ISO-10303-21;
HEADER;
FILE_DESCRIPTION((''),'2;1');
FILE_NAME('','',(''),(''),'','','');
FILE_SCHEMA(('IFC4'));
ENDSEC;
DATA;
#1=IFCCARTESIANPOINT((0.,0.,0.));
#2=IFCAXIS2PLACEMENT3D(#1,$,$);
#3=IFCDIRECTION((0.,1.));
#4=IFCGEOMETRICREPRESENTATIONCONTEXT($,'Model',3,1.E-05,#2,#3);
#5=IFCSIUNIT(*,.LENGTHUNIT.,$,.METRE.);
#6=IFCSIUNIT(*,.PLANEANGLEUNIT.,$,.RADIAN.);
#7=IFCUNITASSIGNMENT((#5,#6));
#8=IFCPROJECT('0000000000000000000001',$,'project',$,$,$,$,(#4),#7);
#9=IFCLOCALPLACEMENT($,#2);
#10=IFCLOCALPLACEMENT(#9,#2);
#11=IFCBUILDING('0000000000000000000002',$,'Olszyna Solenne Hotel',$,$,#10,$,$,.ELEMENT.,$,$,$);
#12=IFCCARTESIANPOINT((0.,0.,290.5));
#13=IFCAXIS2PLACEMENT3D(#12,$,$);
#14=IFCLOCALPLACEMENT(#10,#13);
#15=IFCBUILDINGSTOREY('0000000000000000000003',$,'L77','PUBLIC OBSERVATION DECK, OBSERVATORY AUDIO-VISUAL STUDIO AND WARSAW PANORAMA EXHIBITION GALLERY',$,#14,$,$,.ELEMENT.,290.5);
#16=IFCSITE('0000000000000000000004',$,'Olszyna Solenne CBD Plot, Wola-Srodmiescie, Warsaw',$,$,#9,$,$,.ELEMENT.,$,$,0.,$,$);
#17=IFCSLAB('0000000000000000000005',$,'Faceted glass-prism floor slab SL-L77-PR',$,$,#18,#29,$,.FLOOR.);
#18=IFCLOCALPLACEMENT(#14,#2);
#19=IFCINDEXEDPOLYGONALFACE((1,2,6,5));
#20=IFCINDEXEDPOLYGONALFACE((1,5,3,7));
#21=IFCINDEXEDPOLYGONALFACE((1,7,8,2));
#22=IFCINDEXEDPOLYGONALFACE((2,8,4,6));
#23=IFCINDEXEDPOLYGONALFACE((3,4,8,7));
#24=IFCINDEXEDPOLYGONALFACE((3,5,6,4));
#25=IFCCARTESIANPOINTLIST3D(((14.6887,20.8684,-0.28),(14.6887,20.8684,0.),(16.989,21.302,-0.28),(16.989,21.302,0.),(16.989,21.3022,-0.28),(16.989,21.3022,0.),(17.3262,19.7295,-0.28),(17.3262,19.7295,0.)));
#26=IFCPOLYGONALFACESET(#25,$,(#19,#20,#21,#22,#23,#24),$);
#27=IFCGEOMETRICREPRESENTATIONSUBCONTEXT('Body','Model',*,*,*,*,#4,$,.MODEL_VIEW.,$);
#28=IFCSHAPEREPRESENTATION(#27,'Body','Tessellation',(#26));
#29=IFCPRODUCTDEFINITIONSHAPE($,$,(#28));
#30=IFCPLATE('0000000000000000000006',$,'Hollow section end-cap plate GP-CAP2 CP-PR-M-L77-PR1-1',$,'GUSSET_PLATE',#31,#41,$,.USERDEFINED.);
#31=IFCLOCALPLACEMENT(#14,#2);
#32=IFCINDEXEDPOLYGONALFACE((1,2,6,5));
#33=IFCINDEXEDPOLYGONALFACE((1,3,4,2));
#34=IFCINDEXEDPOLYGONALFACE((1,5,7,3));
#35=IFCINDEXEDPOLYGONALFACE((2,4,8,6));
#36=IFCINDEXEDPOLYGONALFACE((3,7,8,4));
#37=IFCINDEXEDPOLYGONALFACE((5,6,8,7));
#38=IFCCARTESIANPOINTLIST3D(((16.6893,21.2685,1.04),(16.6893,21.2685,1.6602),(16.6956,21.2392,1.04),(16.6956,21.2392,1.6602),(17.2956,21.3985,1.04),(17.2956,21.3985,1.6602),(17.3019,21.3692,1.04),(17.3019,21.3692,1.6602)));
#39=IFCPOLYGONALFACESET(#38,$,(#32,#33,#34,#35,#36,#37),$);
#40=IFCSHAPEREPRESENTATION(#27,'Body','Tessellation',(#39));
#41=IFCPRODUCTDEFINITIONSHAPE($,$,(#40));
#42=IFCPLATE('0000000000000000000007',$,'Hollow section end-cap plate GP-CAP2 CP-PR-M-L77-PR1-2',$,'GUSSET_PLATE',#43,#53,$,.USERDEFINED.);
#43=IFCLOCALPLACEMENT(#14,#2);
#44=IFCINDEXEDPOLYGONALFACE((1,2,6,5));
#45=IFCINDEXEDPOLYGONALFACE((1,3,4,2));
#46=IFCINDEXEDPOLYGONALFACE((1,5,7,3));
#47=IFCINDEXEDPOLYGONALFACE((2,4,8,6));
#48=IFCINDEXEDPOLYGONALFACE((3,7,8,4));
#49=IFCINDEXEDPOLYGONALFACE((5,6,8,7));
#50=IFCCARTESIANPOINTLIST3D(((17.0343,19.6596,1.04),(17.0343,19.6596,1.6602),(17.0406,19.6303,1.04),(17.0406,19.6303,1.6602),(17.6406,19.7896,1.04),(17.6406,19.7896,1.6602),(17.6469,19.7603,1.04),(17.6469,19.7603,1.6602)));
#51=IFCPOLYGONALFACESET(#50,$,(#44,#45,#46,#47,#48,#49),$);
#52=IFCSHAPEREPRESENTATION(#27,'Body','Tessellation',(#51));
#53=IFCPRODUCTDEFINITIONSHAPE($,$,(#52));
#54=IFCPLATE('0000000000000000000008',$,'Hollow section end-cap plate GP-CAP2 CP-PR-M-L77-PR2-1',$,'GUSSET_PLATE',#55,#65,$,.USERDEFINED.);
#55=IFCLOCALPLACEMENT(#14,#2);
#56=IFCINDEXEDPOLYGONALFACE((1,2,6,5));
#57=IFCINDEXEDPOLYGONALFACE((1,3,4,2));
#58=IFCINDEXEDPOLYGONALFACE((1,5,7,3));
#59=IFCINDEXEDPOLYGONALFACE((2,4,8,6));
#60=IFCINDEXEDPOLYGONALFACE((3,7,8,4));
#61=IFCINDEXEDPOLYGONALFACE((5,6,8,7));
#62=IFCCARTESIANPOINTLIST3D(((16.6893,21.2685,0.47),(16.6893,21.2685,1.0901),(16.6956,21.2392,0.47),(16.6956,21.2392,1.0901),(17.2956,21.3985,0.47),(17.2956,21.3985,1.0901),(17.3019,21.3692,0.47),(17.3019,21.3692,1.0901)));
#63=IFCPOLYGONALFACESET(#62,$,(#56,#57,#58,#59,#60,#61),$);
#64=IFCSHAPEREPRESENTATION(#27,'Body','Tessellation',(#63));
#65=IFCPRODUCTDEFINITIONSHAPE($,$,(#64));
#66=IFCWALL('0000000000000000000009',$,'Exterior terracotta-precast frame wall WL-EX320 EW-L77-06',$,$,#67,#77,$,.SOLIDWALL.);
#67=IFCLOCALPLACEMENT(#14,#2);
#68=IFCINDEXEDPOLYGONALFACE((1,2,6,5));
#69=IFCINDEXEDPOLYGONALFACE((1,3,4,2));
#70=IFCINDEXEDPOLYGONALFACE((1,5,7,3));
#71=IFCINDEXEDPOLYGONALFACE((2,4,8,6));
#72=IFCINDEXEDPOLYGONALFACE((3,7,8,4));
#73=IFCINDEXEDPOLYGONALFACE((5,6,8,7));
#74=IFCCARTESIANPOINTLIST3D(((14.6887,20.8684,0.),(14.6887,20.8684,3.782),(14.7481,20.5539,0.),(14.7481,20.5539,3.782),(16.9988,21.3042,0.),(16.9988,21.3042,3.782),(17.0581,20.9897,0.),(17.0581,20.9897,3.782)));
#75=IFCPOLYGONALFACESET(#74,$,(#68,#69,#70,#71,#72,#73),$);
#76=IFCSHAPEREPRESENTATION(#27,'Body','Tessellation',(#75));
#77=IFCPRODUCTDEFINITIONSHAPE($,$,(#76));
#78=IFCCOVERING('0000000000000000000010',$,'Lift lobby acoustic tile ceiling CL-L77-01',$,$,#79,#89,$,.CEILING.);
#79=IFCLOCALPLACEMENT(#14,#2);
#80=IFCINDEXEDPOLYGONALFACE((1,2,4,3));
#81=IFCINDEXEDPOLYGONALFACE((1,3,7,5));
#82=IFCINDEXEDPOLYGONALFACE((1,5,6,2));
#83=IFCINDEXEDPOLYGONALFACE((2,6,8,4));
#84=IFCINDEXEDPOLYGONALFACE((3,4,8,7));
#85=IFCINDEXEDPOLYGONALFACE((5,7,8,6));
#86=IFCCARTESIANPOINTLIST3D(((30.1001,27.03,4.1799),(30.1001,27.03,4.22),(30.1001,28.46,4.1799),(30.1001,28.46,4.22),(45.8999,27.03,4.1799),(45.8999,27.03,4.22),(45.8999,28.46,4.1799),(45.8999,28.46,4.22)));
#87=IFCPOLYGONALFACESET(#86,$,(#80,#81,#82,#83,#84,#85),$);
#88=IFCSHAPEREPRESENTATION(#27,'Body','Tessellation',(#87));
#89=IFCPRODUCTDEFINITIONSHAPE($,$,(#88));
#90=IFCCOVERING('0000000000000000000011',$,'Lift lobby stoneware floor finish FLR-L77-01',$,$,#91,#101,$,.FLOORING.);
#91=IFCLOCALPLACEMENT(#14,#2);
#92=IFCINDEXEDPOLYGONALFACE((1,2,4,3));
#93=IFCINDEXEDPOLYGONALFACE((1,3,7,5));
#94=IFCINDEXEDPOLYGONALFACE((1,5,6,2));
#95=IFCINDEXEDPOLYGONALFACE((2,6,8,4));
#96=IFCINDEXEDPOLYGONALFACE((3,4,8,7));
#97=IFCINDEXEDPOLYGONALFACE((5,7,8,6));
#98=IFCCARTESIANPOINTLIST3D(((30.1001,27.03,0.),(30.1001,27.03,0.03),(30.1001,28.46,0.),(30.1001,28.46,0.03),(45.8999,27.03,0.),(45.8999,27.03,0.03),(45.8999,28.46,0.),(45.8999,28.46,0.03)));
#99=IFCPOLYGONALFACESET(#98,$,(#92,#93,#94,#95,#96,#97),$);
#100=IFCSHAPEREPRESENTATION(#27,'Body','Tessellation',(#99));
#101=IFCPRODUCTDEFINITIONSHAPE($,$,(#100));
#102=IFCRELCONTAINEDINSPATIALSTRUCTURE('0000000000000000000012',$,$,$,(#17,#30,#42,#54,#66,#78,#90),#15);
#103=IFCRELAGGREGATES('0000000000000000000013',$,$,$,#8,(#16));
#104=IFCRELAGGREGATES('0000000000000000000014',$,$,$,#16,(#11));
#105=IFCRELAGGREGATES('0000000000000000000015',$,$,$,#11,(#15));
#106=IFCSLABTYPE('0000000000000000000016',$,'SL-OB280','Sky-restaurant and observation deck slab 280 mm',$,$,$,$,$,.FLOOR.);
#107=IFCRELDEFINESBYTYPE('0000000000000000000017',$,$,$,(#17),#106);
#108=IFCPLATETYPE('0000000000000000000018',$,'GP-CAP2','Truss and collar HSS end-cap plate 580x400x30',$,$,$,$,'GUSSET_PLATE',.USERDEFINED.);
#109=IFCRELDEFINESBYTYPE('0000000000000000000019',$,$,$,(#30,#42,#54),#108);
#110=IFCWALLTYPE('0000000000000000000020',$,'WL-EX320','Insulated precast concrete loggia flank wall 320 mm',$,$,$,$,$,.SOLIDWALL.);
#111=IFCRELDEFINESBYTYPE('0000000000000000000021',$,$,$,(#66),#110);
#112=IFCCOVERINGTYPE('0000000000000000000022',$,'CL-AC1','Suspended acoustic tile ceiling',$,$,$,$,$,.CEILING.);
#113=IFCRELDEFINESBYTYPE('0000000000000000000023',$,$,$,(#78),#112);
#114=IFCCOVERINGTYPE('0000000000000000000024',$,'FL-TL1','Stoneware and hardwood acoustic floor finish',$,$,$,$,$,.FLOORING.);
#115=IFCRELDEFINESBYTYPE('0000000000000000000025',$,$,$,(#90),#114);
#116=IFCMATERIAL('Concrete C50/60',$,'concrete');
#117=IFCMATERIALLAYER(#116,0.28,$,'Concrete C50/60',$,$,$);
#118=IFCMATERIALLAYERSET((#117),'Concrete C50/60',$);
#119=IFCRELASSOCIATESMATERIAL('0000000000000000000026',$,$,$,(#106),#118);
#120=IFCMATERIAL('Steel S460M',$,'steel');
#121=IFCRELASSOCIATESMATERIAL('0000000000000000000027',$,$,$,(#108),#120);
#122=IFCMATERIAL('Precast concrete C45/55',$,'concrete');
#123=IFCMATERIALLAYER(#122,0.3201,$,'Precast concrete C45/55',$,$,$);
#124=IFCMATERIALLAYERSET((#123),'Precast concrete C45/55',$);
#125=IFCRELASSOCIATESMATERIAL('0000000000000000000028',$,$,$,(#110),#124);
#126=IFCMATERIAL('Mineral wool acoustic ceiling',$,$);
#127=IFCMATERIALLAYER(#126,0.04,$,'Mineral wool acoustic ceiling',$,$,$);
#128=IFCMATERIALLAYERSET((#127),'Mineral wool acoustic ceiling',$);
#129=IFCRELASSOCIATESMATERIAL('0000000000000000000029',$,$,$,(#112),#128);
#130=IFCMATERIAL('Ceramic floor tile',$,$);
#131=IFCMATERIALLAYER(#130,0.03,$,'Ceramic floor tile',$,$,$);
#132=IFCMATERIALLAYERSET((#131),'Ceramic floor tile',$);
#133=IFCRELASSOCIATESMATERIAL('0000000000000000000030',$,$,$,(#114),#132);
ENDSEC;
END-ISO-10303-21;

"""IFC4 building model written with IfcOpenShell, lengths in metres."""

from ifc_helpers import new_model, si_unit, direction, frame, frame_2d, origin, origin_2d, place, context, subcontext, project, spatial, polyline, rectangle, outline, extrude, source, transform, mapped, material, layer, layer_set, type_object, element, save


model = new_model("IFC4")

# Units and contexts
model_context = context("Model", 3, precision=1e-05, world=origin(), true_north=direction((0.0, 1.0)))
body_context = subcontext(model_context, "Body", "Model", "MODEL_VIEW")
ifc_project = project(units=[si_unit("LENGTHUNIT", "METRE"), si_unit("PLANEANGLEUNIT", "RADIAN")], contexts=[model_context])

# Site, building, storey
site_placement = place(None, origin())
site = spatial("IfcSite", under=ifc_project, at=site_placement, Name="Olszyna Solenne CBD Plot, Wola-Srodmiescie, Warsaw", CompositionType="ELEMENT", RefElevation=0.0)
building_placement = place(site_placement, origin())
building = spatial("IfcBuilding", under=site, at=building_placement, Name="Olszyna Solenne Hotel", CompositionType="ELEMENT")
storey_placement = place(building_placement, frame((0.0, 0.0, 290.5)))
storey = spatial("IfcBuildingStorey", under=building, at=storey_placement, Name="L77", Description="PUBLIC OBSERVATION DECK, OBSERVATORY AUDIO-VISUAL STUDIO AND WARSAW PANORAMA EXHIBITION GALLERY", CompositionType="ELEMENT", Elevation=290.5)

# Shared definitions
ifc_material_1 = material(Name="Steel S460M", Category="steel")

# Slab
ifc_material_2 = material(Name="Precast concrete C45/55", Category="concrete")
ifc_material_3 = material(Name="Concrete C50/60", Category="concrete")
ifc_layer_1 = layer(ifc_material_3, 0.28, Name="Concrete C50/60")
ifc_layer_set_1 = layer_set([ifc_layer_1], Name="Concrete C50/60")
slab_type_1 = type_object("IfcSlabType", Name="SL-OB280", Description="Sky-restaurant and observation deck slab 280 mm", PredefinedType="FLOOR", material=ifc_layer_set_1)
slab_1_placement = place(storey_placement, frame((0.0, 0.0, -0.28)))
element("IfcSlab", 1, at=slab_1_placement, inside=storey, type_object=slab_type_1, Name="Faceted glass-prism floor slab SL-L77-PR", PredefinedType="FLOOR", context=body_context, shape_type="SweptSolid", body=[
    extrude(outline(polyline([(17.3262, 19.7295), (16.989, 21.302), (16.989, 21.3022), (14.6887, 20.8684), (17.3262, 19.7295)])), origin(), (0.0, 0.0, 1.0), 0.28),
])

# Plates
plate_type = type_object("IfcPlateType", Name="GP-CAP2", Description="Truss and collar HSS end-cap plate 580x400x30", ElementType="GUSSET_PLATE", PredefinedType="USERDEFINED", material=ifc_material_1)
shared_shape_1 = source(origin(), body_context, "Body", "SweptSolid", [
    extrude(rectangle(XDim=0.03, YDim=0.6201, at=origin_2d()), origin(), (0.0, 0.0, 1.0), 0.6201),
])
for number, where, z_axis, x_axis, name in (
    (2, (16.9956, 21.3188, 1.04), (0.0, 0.0, 1.0), (0.209619, -0.977783, 0.0), "Hollow section end-cap plate GP-CAP2 CP-PR-M-L77-PR1-1"),
    (3, (17.3406, 19.71, 1.04), (0.0, 0.0, 1.0), (0.209619, -0.977783, 0.0), "Hollow section end-cap plate GP-CAP2 CP-PR-M-L77-PR1-2"),
    (4, (16.9956, 21.3188, 0.47), (0.0, 0.0, 1.0), (0.209619, -0.977783, 0.0), "Hollow section end-cap plate GP-CAP2 CP-PR-M-L77-PR2-1"),
):
    element("IfcPlate", number, at=place(storey_placement, frame(where, z_axis=z_axis, x_axis=x_axis)), inside=storey, type_object=plate_type, Name=name, ObjectType="GUSSET_PLATE", PredefinedType="USERDEFINED", context=body_context, shape_type="MappedRepresentation", body=[
        mapped(shared_shape_1, transform((0.0, 0.0, 0.0), x_axis=(1.0, 0.0, 0.0), y_axis=(0.0, 1.0, 0.0), z_axis=(0.0, 0.0, 1.0), scale=1.0)),
    ])

# Wall
ifc_layer_2 = layer(ifc_material_2, 0.3201, Name="Precast concrete C45/55")
ifc_layer_set_2 = layer_set([ifc_layer_2], Name="Precast concrete C45/55")
wall_type = type_object("IfcWallType", Name="WL-EX320", Description="Insulated precast concrete loggia flank wall 320 mm", PredefinedType="SOLIDWALL", material=ifc_layer_set_2)
wall_placement = place(storey_placement, frame((14.7185, 20.7112, 0.0), z_axis=(0.0, 0.0, 1.0), x_axis=(0.982667, 0.185379, 0.0)))
element("IfcWall", 5, at=wall_placement, inside=storey, type_object=wall_type, Name="Exterior terracotta-precast frame wall WL-EX320 EW-L77-06", PredefinedType="SOLIDWALL", context=body_context, shape_type="SweptSolid", body=[
    extrude(rectangle(XDim=2.3508, YDim=0.3201, at=frame_2d((1.1753, 0.0))), origin(), (0.0, 0.0, 1.0), 3.782),
])

# Coverings
ifc_material_4 = material(Name="Mineral wool acoustic ceiling")
ifc_layer_3 = layer(ifc_material_4, 0.04, Name="Mineral wool acoustic ceiling")
ifc_layer_set_3 = layer_set([ifc_layer_3], Name="Mineral wool acoustic ceiling")
covering_type_1 = type_object("IfcCoveringType", Name="CL-AC1", Description="Suspended acoustic tile ceiling", PredefinedType="CEILING", material=ifc_layer_set_3)
covering_1_placement = place(storey_placement, frame((0.0, 0.0, 4.1799)))
element("IfcCovering", 6, at=covering_1_placement, inside=storey, type_object=covering_type_1, Name="Lift lobby acoustic tile ceiling CL-L77-01", PredefinedType="CEILING", context=body_context, shape_type="SweptSolid", body=[
    extrude(outline(polyline([(30.1001, 27.03), (45.8999, 27.03), (45.8999, 28.46), (30.1001, 28.46), (30.1001, 27.03)])), origin(), (0.0, 0.0, 1.0), 0.04),
])
ifc_material_5 = material(Name="Ceramic floor tile")
ifc_layer_4 = layer(ifc_material_5, 0.03, Name="Ceramic floor tile")
ifc_layer_set_4 = layer_set([ifc_layer_4], Name="Ceramic floor tile")
covering_type_2 = type_object("IfcCoveringType", Name="FL-TL1", Description="Stoneware and hardwood acoustic floor finish", PredefinedType="FLOORING", material=ifc_layer_set_4)
covering_2_placement = place(storey_placement, origin())
element("IfcCovering", 7, at=covering_2_placement, inside=storey, type_object=covering_type_2, Name="Lift lobby stoneware floor finish FLR-L77-01", PredefinedType="FLOORING", context=body_context, shape_type="SweptSolid", body=[
    extrude(outline(polyline([(30.1001, 27.03), (45.8999, 27.03), (45.8999, 28.46), (30.1001, 28.46), (30.1001, 27.03)])), origin(), (0.0, 0.0, 1.0), 0.03),
])

save(model, "model.ifc")
